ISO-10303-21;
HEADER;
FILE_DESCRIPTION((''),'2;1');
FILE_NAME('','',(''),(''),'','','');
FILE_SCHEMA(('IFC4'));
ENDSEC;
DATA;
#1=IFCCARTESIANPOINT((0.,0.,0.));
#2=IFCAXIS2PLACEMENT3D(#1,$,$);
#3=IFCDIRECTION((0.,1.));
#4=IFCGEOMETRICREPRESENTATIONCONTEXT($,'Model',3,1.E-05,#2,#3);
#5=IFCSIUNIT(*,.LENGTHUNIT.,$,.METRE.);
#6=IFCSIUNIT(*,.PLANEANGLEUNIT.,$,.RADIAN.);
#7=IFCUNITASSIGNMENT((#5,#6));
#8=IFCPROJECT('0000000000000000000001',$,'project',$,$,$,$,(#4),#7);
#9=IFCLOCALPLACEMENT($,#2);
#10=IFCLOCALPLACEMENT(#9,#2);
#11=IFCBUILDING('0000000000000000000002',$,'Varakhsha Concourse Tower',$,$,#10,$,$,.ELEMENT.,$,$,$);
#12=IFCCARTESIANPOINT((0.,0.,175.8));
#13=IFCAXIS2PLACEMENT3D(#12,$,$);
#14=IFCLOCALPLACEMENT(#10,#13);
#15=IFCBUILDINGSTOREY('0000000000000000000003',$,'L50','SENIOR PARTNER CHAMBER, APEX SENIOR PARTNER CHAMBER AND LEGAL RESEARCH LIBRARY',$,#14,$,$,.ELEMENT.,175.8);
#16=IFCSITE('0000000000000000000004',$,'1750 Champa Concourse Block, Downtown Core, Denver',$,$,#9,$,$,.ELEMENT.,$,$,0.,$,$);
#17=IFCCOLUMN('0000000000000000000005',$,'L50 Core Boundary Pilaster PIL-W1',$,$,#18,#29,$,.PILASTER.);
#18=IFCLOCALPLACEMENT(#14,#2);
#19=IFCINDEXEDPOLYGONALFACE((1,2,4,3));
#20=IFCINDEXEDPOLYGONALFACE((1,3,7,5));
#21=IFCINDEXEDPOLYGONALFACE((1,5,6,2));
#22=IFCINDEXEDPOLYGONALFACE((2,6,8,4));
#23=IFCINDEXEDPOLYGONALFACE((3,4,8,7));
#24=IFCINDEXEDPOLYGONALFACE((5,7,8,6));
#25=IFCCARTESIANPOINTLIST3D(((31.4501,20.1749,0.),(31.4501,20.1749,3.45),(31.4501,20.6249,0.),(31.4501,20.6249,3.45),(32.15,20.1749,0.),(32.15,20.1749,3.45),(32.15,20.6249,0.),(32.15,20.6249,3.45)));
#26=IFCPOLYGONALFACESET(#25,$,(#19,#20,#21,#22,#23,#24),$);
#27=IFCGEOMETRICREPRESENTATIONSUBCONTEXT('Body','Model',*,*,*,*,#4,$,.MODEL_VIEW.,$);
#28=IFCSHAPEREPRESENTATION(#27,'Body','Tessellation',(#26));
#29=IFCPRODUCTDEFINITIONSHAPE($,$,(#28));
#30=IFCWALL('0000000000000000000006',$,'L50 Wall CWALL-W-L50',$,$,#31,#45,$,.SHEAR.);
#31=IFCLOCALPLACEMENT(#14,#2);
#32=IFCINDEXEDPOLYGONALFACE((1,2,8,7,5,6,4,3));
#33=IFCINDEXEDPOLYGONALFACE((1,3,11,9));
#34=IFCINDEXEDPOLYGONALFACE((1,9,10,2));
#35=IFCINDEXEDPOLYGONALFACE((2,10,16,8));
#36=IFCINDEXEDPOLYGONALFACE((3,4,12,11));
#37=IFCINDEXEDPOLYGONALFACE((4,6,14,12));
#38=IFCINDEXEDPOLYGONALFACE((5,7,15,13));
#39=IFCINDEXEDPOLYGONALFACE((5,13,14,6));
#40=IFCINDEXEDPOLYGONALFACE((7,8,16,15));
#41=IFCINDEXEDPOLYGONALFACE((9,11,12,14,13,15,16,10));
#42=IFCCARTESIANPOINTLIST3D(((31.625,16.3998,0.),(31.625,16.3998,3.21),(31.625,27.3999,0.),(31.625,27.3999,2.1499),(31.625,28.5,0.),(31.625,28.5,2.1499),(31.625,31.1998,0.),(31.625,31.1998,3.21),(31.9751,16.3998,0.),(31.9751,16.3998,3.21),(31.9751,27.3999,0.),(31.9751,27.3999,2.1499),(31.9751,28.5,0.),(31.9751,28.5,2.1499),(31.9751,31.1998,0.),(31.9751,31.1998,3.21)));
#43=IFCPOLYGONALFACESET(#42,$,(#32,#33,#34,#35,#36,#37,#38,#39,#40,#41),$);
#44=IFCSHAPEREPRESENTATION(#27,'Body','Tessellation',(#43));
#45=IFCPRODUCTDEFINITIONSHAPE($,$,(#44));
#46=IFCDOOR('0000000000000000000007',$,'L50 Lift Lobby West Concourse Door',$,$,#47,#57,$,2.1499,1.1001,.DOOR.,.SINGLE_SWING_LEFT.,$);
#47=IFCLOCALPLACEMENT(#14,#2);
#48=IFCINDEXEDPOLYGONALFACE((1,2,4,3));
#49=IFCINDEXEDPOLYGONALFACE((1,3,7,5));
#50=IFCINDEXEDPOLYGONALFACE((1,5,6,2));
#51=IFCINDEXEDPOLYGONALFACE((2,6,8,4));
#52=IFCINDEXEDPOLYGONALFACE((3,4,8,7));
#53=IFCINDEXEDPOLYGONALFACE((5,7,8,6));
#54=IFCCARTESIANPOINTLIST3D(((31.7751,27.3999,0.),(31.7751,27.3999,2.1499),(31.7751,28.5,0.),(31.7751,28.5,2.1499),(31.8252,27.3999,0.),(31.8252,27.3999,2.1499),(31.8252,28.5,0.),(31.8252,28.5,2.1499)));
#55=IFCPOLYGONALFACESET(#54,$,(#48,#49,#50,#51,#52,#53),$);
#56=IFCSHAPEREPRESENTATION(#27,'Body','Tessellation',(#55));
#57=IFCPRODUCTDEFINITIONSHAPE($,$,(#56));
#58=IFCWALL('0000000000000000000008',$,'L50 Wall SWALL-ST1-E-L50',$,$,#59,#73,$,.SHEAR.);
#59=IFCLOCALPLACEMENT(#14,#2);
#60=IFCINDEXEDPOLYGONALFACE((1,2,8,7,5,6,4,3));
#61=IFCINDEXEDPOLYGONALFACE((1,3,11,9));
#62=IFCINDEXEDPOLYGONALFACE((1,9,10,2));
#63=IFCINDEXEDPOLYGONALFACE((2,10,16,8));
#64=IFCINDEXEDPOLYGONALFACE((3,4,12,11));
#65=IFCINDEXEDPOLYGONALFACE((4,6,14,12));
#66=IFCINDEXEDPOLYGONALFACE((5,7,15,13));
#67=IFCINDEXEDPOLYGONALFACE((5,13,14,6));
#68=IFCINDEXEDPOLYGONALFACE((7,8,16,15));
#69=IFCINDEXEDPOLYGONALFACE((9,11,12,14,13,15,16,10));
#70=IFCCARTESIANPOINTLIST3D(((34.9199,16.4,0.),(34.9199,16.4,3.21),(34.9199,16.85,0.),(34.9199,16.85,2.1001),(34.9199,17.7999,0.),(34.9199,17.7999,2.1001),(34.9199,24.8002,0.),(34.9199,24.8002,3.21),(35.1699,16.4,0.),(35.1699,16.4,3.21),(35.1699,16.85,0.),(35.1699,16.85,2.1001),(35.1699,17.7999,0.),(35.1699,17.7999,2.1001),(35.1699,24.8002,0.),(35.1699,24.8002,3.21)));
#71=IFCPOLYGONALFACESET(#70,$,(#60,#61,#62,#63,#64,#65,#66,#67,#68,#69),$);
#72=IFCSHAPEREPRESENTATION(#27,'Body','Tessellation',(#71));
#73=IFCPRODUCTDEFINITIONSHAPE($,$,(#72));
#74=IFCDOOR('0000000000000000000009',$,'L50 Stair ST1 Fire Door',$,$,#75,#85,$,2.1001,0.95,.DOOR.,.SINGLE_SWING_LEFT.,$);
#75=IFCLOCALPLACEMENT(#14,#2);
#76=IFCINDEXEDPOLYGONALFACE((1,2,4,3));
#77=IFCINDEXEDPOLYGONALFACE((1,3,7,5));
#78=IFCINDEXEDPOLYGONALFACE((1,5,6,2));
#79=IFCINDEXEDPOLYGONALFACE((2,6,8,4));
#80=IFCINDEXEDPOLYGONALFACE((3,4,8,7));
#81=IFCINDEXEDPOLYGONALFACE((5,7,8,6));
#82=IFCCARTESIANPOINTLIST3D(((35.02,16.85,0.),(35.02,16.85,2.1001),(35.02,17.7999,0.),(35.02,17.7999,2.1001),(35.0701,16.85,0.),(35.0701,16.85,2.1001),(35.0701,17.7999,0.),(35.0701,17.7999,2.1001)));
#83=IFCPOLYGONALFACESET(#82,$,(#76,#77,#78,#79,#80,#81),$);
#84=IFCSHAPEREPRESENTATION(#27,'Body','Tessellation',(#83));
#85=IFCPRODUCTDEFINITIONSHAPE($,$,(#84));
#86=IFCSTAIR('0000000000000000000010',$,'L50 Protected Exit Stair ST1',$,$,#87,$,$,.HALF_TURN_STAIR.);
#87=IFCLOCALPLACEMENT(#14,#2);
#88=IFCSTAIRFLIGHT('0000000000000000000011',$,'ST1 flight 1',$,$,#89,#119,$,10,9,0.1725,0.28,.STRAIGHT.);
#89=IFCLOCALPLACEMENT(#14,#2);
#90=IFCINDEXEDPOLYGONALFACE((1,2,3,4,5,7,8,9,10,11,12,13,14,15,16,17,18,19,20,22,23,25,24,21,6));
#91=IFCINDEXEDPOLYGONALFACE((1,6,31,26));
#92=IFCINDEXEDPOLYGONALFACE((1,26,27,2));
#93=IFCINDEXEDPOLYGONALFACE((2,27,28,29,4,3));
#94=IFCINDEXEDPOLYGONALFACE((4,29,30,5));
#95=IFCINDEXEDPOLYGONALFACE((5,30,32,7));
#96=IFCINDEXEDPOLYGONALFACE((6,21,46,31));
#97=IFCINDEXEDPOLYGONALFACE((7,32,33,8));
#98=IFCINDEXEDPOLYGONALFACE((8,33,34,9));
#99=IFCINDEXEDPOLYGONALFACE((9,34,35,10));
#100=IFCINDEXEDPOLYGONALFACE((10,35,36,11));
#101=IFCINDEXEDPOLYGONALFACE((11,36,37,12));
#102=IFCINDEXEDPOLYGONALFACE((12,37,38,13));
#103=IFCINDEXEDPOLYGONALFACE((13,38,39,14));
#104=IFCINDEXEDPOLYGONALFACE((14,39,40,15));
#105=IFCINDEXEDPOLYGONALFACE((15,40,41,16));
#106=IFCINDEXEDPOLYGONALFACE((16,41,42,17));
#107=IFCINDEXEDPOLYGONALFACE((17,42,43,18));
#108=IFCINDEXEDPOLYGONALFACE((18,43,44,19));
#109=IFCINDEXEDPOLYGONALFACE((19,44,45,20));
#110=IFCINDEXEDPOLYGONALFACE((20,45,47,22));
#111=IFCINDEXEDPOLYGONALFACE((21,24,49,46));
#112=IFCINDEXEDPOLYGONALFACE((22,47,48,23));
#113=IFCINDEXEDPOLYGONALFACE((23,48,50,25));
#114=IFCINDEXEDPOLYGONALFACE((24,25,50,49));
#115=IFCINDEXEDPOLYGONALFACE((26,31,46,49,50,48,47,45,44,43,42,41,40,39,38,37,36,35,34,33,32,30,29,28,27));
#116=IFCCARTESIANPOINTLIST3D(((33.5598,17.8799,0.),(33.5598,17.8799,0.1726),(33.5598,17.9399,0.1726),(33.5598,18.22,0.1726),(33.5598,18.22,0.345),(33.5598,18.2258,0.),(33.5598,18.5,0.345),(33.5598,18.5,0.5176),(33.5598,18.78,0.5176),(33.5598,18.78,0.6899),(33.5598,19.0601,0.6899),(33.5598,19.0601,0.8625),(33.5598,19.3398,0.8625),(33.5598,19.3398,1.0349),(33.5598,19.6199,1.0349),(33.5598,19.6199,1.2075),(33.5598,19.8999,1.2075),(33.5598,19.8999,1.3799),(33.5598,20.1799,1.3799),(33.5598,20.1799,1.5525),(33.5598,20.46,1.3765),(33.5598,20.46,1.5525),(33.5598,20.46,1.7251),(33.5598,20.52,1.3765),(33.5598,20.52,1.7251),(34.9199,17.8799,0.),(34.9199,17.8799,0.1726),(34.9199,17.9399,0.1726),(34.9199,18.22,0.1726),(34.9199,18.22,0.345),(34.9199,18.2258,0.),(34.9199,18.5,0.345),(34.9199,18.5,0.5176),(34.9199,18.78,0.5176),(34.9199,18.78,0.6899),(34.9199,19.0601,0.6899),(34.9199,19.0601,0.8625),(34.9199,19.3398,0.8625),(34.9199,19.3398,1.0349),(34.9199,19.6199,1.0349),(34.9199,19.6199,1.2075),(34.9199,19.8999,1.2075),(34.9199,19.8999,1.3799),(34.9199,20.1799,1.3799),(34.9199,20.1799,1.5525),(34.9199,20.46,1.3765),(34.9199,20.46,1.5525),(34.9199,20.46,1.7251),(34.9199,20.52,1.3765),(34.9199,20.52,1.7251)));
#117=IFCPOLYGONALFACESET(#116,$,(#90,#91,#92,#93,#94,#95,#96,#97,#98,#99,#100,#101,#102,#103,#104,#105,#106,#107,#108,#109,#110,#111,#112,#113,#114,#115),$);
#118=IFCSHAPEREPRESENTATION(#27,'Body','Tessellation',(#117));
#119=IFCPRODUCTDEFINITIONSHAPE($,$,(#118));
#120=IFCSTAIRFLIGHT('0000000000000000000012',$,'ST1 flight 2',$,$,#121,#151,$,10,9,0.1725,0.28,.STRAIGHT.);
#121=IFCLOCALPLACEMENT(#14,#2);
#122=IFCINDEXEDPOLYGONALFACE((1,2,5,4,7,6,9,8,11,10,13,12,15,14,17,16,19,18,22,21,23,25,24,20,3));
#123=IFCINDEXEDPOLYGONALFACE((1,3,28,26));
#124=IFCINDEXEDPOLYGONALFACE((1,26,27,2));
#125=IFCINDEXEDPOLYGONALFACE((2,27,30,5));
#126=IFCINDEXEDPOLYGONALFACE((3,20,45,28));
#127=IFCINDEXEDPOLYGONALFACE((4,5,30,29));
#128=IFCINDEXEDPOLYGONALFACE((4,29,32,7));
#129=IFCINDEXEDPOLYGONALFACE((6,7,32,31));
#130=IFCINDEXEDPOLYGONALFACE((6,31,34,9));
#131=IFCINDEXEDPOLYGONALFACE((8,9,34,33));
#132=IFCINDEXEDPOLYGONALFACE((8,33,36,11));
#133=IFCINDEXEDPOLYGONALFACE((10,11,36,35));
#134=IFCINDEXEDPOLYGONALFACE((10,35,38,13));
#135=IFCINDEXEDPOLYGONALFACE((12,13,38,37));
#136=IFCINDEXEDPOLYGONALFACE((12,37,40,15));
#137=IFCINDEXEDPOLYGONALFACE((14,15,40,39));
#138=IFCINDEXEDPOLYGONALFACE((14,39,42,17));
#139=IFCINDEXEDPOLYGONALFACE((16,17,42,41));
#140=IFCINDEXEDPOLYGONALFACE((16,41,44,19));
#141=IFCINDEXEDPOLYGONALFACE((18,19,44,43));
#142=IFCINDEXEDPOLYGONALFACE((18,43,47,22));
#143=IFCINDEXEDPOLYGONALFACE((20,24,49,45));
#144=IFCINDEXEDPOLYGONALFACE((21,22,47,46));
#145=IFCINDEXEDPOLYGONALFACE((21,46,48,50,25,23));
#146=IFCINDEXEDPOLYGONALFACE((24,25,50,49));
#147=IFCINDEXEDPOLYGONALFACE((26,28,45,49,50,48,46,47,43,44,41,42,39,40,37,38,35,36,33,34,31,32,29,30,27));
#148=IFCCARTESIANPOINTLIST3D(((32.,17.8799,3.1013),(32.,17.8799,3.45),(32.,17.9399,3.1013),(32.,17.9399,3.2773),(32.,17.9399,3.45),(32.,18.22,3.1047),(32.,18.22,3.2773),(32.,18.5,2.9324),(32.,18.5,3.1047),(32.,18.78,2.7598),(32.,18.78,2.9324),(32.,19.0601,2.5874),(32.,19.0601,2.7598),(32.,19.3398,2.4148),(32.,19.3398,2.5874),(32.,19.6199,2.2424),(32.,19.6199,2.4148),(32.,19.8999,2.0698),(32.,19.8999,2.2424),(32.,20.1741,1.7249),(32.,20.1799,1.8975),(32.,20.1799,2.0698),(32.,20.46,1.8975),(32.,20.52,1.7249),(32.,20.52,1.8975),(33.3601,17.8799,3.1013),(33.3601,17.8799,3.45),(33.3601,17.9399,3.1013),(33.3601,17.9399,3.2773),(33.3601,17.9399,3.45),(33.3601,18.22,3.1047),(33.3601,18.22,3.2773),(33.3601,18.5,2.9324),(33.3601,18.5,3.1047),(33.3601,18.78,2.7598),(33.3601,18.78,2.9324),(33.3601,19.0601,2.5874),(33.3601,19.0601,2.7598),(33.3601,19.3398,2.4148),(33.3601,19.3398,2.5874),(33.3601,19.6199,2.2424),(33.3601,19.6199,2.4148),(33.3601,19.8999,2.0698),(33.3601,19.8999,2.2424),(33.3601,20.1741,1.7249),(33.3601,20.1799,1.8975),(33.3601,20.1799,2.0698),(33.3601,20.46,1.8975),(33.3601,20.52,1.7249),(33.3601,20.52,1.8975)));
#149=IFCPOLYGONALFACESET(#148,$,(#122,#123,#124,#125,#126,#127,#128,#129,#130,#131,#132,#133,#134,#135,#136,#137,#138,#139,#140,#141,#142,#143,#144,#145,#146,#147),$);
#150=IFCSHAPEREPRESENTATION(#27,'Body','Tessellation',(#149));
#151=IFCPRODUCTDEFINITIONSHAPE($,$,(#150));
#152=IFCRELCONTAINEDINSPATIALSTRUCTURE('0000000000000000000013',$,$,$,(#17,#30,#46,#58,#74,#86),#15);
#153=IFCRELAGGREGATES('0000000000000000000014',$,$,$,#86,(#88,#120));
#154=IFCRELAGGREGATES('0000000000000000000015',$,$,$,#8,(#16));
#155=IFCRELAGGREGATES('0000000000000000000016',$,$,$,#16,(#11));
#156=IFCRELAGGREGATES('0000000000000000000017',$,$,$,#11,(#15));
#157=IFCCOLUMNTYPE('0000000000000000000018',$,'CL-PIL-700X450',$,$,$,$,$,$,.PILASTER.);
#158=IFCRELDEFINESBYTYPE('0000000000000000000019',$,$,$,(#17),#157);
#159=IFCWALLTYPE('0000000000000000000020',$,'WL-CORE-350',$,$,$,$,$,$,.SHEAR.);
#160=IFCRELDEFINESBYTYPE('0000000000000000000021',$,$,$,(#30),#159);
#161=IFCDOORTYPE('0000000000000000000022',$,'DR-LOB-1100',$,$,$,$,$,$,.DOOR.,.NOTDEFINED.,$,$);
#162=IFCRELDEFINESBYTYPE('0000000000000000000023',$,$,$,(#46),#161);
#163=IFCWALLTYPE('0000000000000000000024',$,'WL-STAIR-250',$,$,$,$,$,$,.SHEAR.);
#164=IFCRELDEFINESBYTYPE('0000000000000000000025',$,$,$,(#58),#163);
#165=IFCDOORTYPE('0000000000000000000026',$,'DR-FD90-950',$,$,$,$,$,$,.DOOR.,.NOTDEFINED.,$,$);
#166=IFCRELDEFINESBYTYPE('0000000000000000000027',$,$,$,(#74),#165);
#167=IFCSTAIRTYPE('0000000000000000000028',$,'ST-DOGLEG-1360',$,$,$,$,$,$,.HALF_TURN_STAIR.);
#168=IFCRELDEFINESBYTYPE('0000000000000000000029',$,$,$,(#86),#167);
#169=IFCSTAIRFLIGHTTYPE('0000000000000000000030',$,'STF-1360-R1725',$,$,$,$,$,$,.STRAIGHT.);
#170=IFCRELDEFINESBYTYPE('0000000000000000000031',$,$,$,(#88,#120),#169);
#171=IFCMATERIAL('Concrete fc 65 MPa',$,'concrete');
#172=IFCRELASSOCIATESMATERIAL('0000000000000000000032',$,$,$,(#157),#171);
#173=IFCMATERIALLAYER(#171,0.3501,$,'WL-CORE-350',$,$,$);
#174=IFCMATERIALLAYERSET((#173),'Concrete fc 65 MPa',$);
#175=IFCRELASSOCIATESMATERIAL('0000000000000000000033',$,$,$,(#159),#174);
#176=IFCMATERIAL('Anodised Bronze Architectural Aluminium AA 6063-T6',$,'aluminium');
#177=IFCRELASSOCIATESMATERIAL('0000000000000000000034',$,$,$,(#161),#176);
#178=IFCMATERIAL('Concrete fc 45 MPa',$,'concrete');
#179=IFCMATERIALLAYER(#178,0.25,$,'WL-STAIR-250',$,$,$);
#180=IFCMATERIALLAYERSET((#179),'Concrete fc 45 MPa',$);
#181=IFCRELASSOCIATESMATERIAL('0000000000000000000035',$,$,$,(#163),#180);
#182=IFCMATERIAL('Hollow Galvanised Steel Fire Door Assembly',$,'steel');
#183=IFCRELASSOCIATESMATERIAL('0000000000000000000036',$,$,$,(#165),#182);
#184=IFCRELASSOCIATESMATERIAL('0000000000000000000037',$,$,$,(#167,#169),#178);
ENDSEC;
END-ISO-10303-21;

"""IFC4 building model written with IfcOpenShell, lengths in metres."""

from ifc_helpers import new_model, si_unit, direction, frame, frame_2d, origin, origin_2d, place, context, subcontext, project, spatial, polyline, rectangle, outline, extrude, material, layer, layer_set, material_profile, profile_set, type_object, element, fill, aggregate, save


model = new_model("IFC4")

# Units and contexts
model_context = context("Model", 3, precision=1e-05, world=origin(), true_north=direction((0.0, 1.0)))
body_context = subcontext(model_context, "Body", "Model", "MODEL_VIEW")
ifc_project = project(units=[si_unit("LENGTHUNIT", "METRE"), si_unit("PLANEANGLEUNIT", "RADIAN")], contexts=[model_context])

# Site, building, storey
site_placement = place(None, origin())
site = spatial("IfcSite", under=ifc_project, at=site_placement, Name="1750 Champa Concourse Block, Downtown Core, Denver", CompositionType="ELEMENT", RefElevation=0.0)
building_placement = place(site_placement, origin())
building = spatial("IfcBuilding", under=site, at=building_placement, Name="Varakhsha Concourse Tower", CompositionType="ELEMENT")
storey_placement = place(building_placement, frame((0.0, 0.0, 175.8)))
storey = spatial("IfcBuildingStorey", under=building, at=storey_placement, Name="L50", Description="SENIOR PARTNER CHAMBER, APEX SENIOR PARTNER CHAMBER AND LEGAL RESEARCH LIBRARY", CompositionType="ELEMENT", Elevation=175.8)

# Column
ifc_material_1 = material(Name="Concrete fc 65 MPa", Category="concrete")
ifc_material_profile = material_profile(ifc_material_1, rectangle(XDim=0.7, YDim=0.45, at=origin_2d()), Name="RC 700x450")
ifc_profile_set = profile_set([ifc_material_profile], Name="Concrete fc 65 MPa")
column_type = type_object("IfcColumnType", Name="CL-PIL-700X450", PredefinedType="PILASTER", material=ifc_profile_set)
column_placement = place(storey_placement, frame((31.8, 20.3999, 0.0), z_axis=(0.0, 0.0, 1.0), x_axis=(1.0, 0.0, 0.0)))
element("IfcColumn", 1, at=column_placement, inside=storey, type_object=column_type, Name="L50 Core Boundary Pilaster PIL-W1", PredefinedType="PILASTER", context=body_context, shape_type="SweptSolid", body=[
    extrude(rectangle(XDim=0.7, YDim=0.45, at=origin_2d()), origin(), (0.0, 0.0, 1.0), 3.45),
])

# Walls, openings, doors
ifc_layer_1 = layer(ifc_material_1, 0.3501, Name="WL-CORE-350")
ifc_layer_set_1 = layer_set([ifc_layer_1], Name="Concrete fc 65 MPa")
wall_type_1 = type_object("IfcWallType", Name="WL-CORE-350", PredefinedType="SHEAR", material=ifc_layer_set_1)
wall_1_placement = place(storey_placement, frame((31.8, 16.3999, 0.0), z_axis=(0.0, 0.0, 1.0), x_axis=(0.0, 1.0, 0.0)))
wall_1 = element("IfcWall", 2, at=wall_1_placement, inside=storey, type_object=wall_type_1, Name="L50 Wall CWALL-W-L50", PredefinedType="SHEAR", context=body_context, shape_type="SweptSolid", body=[
    extrude(rectangle(XDim=14.8, YDim=0.3501, at=frame_2d((7.3999, 0.0))), origin(), (0.0, 0.0, 1.0), 3.21),
])
opening_1_placement = place(wall_1_placement, frame((11.0, 0.0, 0.0)))
opening_1 = element("IfcOpeningElement", 3, at=opening_1_placement, cuts=wall_1, PredefinedType="OPENING", context=body_context, shape_type="SweptSolid", body=[
    extrude(rectangle(XDim=1.1001, YDim=2.1499, at=frame_2d((0.55, 1.075))), frame((0.0, 0.1851, 0.0), z_axis=(0.0, -1.0, 0.0), x_axis=(1.0, 0.0, 0.0)), (0.0, 0.0, 1.0), 0.3701),
])
ifc_material_2 = material(Name="Anodised Bronze Architectural Aluminium AA 6063-T6", Category="aluminium")
door_type_1 = type_object("IfcDoorType", Name="DR-LOB-1100", OperationType="NOTDEFINED", PredefinedType="DOOR", material=ifc_material_2)
door_1_placement = place(opening_1_placement, origin())
door_1 = element("IfcDoor", 4, at=door_1_placement, inside=storey, type_object=door_type_1, Name="L50 Lift Lobby West Concourse Door", OperationType="SINGLE_SWING_LEFT", OverallHeight=2.1499, OverallWidth=1.1001, PredefinedType="DOOR", context=body_context, shape_type="SweptSolid", body=[
    extrude(rectangle(XDim=1.1001, YDim=2.1499, at=frame_2d((0.55, 1.075))), frame((0.0, 0.0249, 0.0), z_axis=(0.0, -1.0, 0.0), x_axis=(1.0, 0.0, 0.0)), (0.0, 0.0, 1.0), 0.05),
])
fill(opening_1, door_1)
ifc_material_3 = material(Name="Concrete fc 45 MPa", Category="concrete")
ifc_layer_2 = layer(ifc_material_3, 0.25, Name="WL-STAIR-250")
ifc_layer_set_2 = layer_set([ifc_layer_2], Name="Concrete fc 45 MPa")
wall_type_2 = type_object("IfcWallType", Name="WL-STAIR-250", PredefinedType="SHEAR", material=ifc_layer_set_2)
wall_2_placement = place(storey_placement, frame((35.0449, 16.3999, 0.0), z_axis=(0.0, 0.0, 1.0), x_axis=(0.0, 1.0, 0.0)))
wall_2 = element("IfcWall", 5, at=wall_2_placement, inside=storey, type_object=wall_type_2, Name="L50 Wall SWALL-ST1-E-L50", PredefinedType="SHEAR", context=body_context, shape_type="SweptSolid", body=[
    extrude(rectangle(XDim=8.4001, YDim=0.25, at=frame_2d((4.2002, 0.0))), origin(), (0.0, 0.0, 1.0), 3.21),
])
opening_2_placement = place(wall_2_placement, frame((0.45, 0.0, 0.0)))
opening_2 = element("IfcOpeningElement", 6, at=opening_2_placement, cuts=wall_2, PredefinedType="OPENING", context=body_context, shape_type="SweptSolid", body=[
    extrude(rectangle(XDim=0.95, YDim=2.1001, at=frame_2d((0.4751, 1.05))), frame((0.0, 0.135, 0.0), z_axis=(0.0, -1.0, 0.0), x_axis=(1.0, 0.0, 0.0)), (0.0, 0.0, 1.0), 0.27),
])
ifc_material_4 = material(Name="Hollow Galvanised Steel Fire Door Assembly", Category="steel")
door_type_2 = type_object("IfcDoorType", Name="DR-FD90-950", OperationType="NOTDEFINED", PredefinedType="DOOR", material=ifc_material_4)
door_2_placement = place(opening_2_placement, origin())
door_2 = element("IfcDoor", 7, at=door_2_placement, inside=storey, type_object=door_type_2, Name="L50 Stair ST1 Fire Door", OperationType="SINGLE_SWING_LEFT", OverallHeight=2.1001, OverallWidth=0.95, PredefinedType="DOOR", context=body_context, shape_type="SweptSolid", body=[
    extrude(rectangle(XDim=0.95, YDim=2.1001, at=frame_2d((0.4751, 1.05))), frame((0.0, 0.0249, 0.0), z_axis=(0.0, -1.0, 0.0), x_axis=(1.0, 0.0, 0.0)), (0.0, 0.0, 1.0), 0.05),
])
fill(opening_2, door_2)

# Stair, stair flights
stair_type = type_object("IfcStairType", Name="ST-DOGLEG-1360", PredefinedType="HALF_TURN_STAIR", material=ifc_material_3)
stair_placement = place(storey_placement, origin())
stair = element("IfcStair", 8, at=stair_placement, inside=storey, type_object=stair_type, Name="L50 Protected Exit Stair ST1", PredefinedType="HALF_TURN_STAIR")
stair_flight_type = type_object("IfcStairFlightType", Name="STF-1360-R1725", PredefinedType="STRAIGHT", material=ifc_material_3)
stair_flight_1_placement = place(storey_placement, frame((34.24, 17.9399, 0.0), z_axis=(0.0, 0.0, 1.0), x_axis=(0.0, 1.0, 0.0)))
stair_flight_1 = element("IfcStairFlight", 9, at=stair_flight_1_placement, type_object=stair_flight_type, Name="ST1 flight 1", NumberOfRisers=10, NumberOfTreads=9, PredefinedType="STRAIGHT", RiserHeight=0.1725, TreadLength=0.28, context=body_context, shape_type="SweptSolid", body=[
    extrude(outline(polyline([(-0.0601, 0.0), (-0.0601, 0.1726), (0.0, 0.1726), (0.28, 0.1726), (0.28, 0.345), (0.5601, 0.345), (0.5601, 0.5176), (0.8401, 0.5176), (0.8401, 0.6899), (1.1201, 0.6899), (1.1201, 0.8625), (1.3999, 0.8625), (1.3999, 1.0349), (1.6799, 1.0349), (1.6799, 1.2075), (1.96, 1.2075), (1.96, 1.3799), (2.24, 1.3799), (2.24, 1.5525), (2.52, 1.5525), (2.52, 1.7251), (2.5801, 1.7251), (2.5801, 1.3765), (2.52, 1.3765), (0.2859, 0.0), (-0.0601, 0.0)])), frame((0.0, 0.6802, 0.0), z_axis=(0.0, -1.0, 0.0), x_axis=(1.0, 0.0, 0.0)), (0.0, 0.0, 1.0), 1.3601),
])
stair_flight_2_placement = place(storey_placement, frame((32.6799, 20.46, 1.7249), z_axis=(0.0, 0.0, 1.0), x_axis=(0.0, -1.0, 0.0)))
stair_flight_2 = element("IfcStairFlight", 10, at=stair_flight_2_placement, type_object=stair_flight_type, Name="ST1 flight 2", NumberOfRisers=10, NumberOfTreads=9, PredefinedType="STRAIGHT", RiserHeight=0.1725, TreadLength=0.28, context=body_context, shape_type="SweptSolid", body=[
    extrude(outline(polyline([(-0.0601, 0.0), (-0.0601, 0.1726), (0.0, 0.1726), (0.28, 0.1726), (0.28, 0.345), (0.5601, 0.345), (0.5601, 0.5176), (0.8401, 0.5176), (0.8401, 0.6899), (1.1201, 0.6899), (1.1201, 0.8625), (1.3999, 0.8625), (1.3999, 1.0349), (1.6799, 1.0349), (1.6799, 1.2075), (1.96, 1.2075), (1.96, 1.3799), (2.24, 1.3799), (2.24, 1.5525), (2.52, 1.5525), (2.52, 1.7251), (2.5801, 1.7251), (2.5801, 1.3765), (2.52, 1.3765), (0.2859, 0.0), (-0.0601, 0.0)])), frame((0.0, 0.6802, 0.0), z_axis=(0.0, -1.0, 0.0), x_axis=(1.0, 0.0, 0.0)), (0.0, 0.0, 1.0), 1.3601),
])
aggregate(stair, [stair_flight_1, stair_flight_2])

save(model, "model.ifc")
